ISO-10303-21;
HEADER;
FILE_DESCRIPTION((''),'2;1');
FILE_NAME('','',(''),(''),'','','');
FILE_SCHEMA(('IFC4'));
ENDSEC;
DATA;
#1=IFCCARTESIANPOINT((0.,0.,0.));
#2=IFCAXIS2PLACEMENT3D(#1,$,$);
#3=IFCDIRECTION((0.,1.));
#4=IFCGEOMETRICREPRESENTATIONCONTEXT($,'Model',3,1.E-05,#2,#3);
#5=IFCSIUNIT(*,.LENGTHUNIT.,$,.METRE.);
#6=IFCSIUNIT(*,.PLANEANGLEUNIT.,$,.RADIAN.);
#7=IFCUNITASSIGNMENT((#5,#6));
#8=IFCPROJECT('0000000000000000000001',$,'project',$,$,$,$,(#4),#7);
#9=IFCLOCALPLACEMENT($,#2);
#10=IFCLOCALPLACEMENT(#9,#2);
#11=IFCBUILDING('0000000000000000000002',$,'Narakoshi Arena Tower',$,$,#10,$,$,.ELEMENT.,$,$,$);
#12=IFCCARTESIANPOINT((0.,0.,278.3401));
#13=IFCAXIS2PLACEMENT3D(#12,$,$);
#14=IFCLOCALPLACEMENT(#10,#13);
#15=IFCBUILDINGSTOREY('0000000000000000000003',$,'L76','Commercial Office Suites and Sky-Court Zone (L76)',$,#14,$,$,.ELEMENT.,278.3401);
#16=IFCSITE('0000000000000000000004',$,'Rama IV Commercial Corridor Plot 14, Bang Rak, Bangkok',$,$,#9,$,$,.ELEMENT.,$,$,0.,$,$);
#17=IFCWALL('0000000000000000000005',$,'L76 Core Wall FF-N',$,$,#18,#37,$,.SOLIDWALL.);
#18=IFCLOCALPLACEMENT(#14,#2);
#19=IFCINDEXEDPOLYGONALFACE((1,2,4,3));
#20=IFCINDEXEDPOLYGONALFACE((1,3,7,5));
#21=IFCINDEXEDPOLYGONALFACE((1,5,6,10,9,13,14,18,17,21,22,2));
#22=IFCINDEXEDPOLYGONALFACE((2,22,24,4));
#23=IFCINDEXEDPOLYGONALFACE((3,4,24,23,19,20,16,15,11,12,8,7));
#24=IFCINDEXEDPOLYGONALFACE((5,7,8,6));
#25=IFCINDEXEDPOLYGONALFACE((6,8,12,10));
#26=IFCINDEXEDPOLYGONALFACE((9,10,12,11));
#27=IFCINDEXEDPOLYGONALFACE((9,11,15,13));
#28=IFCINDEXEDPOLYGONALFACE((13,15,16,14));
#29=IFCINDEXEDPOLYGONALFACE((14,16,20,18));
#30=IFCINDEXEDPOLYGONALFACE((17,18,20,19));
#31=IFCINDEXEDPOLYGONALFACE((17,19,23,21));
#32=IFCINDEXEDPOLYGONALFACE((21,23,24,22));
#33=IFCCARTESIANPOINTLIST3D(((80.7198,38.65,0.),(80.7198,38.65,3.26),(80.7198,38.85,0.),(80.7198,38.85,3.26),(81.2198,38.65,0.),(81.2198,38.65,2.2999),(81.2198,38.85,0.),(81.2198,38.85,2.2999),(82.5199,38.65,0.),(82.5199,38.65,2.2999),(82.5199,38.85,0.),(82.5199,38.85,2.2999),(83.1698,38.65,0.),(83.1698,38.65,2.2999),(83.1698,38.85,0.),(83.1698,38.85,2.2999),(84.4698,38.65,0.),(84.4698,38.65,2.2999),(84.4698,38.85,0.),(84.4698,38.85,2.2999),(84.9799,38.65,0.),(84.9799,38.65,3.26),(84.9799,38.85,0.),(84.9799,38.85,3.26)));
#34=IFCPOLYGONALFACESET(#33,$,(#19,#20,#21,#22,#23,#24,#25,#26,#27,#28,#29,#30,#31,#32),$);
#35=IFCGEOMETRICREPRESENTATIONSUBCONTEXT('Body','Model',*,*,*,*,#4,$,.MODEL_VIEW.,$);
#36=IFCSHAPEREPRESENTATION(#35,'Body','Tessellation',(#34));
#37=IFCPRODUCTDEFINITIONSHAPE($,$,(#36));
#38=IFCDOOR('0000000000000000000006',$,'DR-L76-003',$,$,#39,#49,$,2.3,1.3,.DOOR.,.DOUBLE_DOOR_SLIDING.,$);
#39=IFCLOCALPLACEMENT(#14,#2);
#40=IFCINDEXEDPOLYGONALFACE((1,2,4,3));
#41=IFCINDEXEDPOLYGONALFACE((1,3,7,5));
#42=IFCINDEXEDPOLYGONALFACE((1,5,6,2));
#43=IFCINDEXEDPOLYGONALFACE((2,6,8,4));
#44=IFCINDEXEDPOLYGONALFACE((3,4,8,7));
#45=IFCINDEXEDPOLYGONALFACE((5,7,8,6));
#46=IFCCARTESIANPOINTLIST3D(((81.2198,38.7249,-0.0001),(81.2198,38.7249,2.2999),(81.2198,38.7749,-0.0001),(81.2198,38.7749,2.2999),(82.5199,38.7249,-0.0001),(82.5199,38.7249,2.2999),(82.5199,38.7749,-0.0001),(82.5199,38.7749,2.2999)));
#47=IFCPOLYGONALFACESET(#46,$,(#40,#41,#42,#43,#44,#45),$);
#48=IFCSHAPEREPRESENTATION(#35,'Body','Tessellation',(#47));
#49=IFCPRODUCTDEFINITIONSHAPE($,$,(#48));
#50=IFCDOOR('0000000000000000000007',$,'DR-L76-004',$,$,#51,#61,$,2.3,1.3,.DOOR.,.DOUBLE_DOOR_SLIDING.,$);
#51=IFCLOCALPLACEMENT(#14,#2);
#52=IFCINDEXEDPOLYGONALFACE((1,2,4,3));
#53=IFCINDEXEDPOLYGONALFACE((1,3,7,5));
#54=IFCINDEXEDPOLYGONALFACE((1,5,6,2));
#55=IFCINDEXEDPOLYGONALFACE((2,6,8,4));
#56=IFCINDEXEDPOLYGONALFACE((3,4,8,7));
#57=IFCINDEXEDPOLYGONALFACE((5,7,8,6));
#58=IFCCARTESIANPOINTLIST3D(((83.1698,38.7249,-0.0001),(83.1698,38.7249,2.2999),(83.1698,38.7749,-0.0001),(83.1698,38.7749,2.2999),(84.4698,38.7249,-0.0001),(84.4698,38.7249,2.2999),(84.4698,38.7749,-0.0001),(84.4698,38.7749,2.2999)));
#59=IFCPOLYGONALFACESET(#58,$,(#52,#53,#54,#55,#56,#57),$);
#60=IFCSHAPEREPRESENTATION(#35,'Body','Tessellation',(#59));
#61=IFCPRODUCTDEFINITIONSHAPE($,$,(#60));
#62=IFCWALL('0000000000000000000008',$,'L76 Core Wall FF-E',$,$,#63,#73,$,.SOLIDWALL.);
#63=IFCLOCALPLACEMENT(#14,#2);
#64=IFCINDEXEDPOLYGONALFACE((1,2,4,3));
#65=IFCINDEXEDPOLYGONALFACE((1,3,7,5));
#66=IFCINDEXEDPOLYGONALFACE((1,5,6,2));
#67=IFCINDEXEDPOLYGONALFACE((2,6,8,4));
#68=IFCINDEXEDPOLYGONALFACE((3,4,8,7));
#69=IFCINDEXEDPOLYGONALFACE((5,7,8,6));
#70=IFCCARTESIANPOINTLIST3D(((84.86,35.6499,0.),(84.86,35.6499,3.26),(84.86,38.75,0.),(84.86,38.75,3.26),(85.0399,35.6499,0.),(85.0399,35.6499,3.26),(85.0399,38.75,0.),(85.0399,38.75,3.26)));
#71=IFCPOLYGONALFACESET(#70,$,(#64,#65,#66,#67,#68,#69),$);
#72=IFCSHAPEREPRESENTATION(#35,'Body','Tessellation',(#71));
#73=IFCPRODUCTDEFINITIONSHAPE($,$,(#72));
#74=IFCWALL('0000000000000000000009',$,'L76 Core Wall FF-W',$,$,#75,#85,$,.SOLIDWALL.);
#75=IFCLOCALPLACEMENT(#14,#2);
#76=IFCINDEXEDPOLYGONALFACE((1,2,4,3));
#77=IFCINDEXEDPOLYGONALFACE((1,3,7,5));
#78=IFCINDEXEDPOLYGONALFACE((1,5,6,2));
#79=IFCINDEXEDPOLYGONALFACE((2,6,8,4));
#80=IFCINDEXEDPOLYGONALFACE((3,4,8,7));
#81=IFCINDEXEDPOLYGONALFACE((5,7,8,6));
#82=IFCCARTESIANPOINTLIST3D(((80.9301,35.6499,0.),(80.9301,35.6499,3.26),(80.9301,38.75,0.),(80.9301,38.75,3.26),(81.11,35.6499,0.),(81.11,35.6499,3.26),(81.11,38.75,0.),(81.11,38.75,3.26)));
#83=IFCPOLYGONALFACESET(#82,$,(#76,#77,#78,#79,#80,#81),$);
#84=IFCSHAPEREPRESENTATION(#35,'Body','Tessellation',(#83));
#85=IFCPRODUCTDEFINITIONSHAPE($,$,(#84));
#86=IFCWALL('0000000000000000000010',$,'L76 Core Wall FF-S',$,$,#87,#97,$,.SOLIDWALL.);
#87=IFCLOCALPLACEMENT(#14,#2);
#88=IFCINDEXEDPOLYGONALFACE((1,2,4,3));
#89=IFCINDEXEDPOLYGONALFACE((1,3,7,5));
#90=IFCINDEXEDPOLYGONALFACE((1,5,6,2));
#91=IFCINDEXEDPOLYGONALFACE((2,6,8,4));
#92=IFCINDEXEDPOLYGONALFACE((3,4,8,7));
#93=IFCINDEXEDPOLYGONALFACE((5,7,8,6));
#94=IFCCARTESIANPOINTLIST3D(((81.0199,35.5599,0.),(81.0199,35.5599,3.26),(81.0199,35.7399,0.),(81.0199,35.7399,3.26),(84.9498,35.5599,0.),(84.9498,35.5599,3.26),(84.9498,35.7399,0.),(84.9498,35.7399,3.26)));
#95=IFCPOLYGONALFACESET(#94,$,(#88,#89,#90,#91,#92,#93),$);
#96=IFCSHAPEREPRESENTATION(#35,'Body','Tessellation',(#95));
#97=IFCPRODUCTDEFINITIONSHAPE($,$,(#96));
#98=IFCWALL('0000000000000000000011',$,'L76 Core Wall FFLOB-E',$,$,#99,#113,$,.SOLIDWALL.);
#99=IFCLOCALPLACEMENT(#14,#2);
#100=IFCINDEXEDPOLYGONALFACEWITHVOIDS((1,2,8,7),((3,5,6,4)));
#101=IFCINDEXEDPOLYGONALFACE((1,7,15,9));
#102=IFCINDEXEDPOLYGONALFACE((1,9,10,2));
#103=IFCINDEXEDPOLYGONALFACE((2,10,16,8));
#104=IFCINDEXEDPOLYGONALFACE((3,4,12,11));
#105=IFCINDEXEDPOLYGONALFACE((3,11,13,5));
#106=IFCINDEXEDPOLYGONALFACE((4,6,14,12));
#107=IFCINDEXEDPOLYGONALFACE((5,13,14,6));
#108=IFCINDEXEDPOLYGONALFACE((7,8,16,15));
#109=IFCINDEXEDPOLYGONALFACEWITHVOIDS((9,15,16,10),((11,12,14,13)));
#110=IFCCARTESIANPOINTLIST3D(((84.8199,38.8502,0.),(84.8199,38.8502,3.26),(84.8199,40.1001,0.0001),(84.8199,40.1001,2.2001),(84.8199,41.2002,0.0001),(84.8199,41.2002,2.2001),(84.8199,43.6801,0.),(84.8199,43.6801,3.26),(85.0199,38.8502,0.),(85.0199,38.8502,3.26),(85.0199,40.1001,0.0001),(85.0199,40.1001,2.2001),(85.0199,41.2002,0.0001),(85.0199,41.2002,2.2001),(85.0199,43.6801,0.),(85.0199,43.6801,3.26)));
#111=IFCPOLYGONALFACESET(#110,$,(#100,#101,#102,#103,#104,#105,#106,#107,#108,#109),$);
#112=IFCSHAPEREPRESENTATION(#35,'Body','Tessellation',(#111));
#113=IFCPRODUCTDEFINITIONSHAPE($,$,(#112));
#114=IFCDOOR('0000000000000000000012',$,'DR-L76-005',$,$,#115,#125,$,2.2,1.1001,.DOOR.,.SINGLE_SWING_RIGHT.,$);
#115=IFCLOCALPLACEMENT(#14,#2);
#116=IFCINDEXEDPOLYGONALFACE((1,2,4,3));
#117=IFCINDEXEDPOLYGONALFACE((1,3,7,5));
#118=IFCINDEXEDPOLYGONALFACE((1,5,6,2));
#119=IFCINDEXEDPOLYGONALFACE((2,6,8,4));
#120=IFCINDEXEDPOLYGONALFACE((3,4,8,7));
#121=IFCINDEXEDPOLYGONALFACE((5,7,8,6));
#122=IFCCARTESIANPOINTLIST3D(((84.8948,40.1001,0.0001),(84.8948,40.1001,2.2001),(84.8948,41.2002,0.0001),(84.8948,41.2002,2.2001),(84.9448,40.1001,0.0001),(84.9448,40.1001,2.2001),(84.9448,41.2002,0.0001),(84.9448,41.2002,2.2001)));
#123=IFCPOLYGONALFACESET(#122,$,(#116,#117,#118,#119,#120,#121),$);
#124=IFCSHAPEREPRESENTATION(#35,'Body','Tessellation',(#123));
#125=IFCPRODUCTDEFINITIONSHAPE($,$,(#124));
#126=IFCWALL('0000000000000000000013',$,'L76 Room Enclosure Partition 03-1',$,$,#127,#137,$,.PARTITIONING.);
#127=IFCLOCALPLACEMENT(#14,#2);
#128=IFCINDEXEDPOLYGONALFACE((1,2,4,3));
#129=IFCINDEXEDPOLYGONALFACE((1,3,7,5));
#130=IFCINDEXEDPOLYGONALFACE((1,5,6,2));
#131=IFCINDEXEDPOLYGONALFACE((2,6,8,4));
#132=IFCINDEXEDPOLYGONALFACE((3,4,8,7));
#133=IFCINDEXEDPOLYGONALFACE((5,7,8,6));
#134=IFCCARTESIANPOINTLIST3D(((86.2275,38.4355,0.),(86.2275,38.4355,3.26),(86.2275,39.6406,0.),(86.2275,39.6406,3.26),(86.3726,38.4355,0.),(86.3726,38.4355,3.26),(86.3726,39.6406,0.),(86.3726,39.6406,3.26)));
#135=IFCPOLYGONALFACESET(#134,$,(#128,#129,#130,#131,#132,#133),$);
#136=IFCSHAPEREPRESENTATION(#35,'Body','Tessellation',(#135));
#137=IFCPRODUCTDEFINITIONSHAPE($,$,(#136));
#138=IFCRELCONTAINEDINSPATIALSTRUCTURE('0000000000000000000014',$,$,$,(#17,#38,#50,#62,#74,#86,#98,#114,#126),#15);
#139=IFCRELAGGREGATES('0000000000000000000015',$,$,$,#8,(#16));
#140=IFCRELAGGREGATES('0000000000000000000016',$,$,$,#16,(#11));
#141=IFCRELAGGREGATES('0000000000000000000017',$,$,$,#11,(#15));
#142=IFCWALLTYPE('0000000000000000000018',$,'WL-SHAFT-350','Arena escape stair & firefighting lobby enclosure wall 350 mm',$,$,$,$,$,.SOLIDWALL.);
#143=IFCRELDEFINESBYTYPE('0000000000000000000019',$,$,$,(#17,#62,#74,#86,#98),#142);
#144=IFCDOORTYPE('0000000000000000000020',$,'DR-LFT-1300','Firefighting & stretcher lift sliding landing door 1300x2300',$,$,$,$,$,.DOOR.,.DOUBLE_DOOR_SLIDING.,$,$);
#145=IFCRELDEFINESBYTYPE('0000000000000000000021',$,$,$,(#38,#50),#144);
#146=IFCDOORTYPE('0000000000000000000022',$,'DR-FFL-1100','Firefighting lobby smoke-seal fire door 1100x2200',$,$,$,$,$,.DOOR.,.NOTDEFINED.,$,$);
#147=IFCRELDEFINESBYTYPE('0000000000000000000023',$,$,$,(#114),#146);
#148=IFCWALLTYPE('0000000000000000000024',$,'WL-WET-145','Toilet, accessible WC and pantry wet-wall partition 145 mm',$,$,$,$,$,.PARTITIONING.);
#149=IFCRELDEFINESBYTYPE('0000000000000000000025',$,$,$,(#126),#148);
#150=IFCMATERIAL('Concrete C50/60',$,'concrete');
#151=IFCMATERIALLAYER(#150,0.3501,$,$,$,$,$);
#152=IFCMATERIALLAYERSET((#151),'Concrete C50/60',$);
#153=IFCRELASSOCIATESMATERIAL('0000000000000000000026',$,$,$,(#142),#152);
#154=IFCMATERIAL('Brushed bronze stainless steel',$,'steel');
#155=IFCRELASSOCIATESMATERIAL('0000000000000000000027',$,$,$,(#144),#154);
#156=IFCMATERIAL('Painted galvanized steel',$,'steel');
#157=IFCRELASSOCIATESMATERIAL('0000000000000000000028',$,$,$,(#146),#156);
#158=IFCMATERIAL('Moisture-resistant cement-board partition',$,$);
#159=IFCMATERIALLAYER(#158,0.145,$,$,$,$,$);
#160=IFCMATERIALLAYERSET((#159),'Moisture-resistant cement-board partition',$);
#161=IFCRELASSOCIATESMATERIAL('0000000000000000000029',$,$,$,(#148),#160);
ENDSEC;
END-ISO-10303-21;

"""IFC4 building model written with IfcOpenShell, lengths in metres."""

from ifc_helpers import new_model, si_unit, direction, frame, frame_2d, origin, place, context, subcontext, project, spatial, rectangle, extrude, material, layer, layer_set, type_object, element, fill, save


model = new_model("IFC4")

# Units and contexts
model_context = context("Model", 3, precision=1e-05, world=origin(), true_north=direction((0.0, 1.0)))
body_context = subcontext(model_context, "Body", "Model", "MODEL_VIEW")
ifc_project = project(units=[si_unit("LENGTHUNIT", "METRE"), si_unit("PLANEANGLEUNIT", "RADIAN")], contexts=[model_context])

# Site, building, storey
site_placement = place(None, origin())
site = spatial("IfcSite", under=ifc_project, at=site_placement, Name="Rama IV Commercial Corridor Plot 14, Bang Rak, Bangkok", CompositionType="ELEMENT", RefElevation=0.0)
building_placement = place(site_placement, origin())
building = spatial("IfcBuilding", under=site, at=building_placement, Name="Narakoshi Arena Tower", CompositionType="ELEMENT")
storey_placement = place(building_placement, frame((0.0, 0.0, 278.3401)))
storey = spatial("IfcBuildingStorey", under=building, at=storey_placement, Name="L76", Description="Commercial Office Suites and Sky-Court Zone (L76)", CompositionType="ELEMENT", Elevation=278.3401)

# Shared definitions
ifc_material_1 = material(Name="Concrete C50/60", Category="concrete")

# Shared definitions
ifc_layer_1 = layer(ifc_material_1, 0.3501)
ifc_layer_set_1 = layer_set([ifc_layer_1], Name="Concrete C50/60")
wall_type_1 = type_object("IfcWallType", Name="WL-SHAFT-350", Description="Arena escape stair & firefighting lobby enclosure wall 350 mm", PredefinedType="SOLIDWALL", material=ifc_layer_set_1)

# Shared definitions
ifc_material_2 = material(Name="Painted galvanized steel", Category="steel")

# Wall, openings, doors
wall_1_placement = place(storey_placement, frame((80.72, 38.75, 0.0), z_axis=(0.0, 0.0, 1.0), x_axis=(1.0, 0.0, 0.0)))
wall_1 = element("IfcWall", 1, at=wall_1_placement, inside=storey, type_object=wall_type_1, Name="L76 Core Wall FF-N", PredefinedType="SOLIDWALL", context=body_context, shape_type="SweptSolid", body=[
    extrude(rectangle(XDim=4.26, YDim=0.2, at=frame_2d((2.1299, 0.0))), origin(), (0.0, 0.0, 1.0), 3.26),
])
opening_1_placement = place(wall_1_placement, frame((0.5, 0.0, 0.0)))
opening_1 = element("IfcOpeningElement", 2, at=opening_1_placement, cuts=wall_1, PredefinedType="OPENING", context=body_context, shape_type="SweptSolid", body=[
    extrude(rectangle(XDim=1.3, YDim=2.3, at=frame_2d((0.6499, 1.1499))), frame((0.0, 0.1099, 0.0), z_axis=(0.0, -1.0, 0.0), x_axis=(1.0, 0.0, 0.0)), (0.0, 0.0, 1.0), 0.22),
])
opening_2_placement = place(wall_1_placement, frame((2.45, 0.0, 0.0)))
opening_2 = element("IfcOpeningElement", 3, at=opening_2_placement, cuts=wall_1, PredefinedType="OPENING", context=body_context, shape_type="SweptSolid", body=[
    extrude(rectangle(XDim=1.3, YDim=2.3, at=frame_2d((0.6499, 1.1499))), frame((0.0, 0.1099, 0.0), z_axis=(0.0, -1.0, 0.0), x_axis=(1.0, 0.0, 0.0)), (0.0, 0.0, 1.0), 0.22),
])
ifc_material_3 = material(Name="Brushed bronze stainless steel", Category="steel")
door_type_1 = type_object("IfcDoorType", Name="DR-LFT-1300", Description="Firefighting & stretcher lift sliding landing door 1300x2300", OperationType="DOUBLE_DOOR_SLIDING", PredefinedType="DOOR", material=ifc_material_3)
door_1_placement = place(opening_1_placement, origin())
door_1 = element("IfcDoor", 4, at=door_1_placement, inside=storey, type_object=door_type_1, Name="DR-L76-003", OperationType="DOUBLE_DOOR_SLIDING", OverallHeight=2.3, OverallWidth=1.3, PredefinedType="DOOR", context=body_context, shape_type="SweptSolid", body=[
    extrude(rectangle(XDim=1.3, YDim=2.3, at=frame_2d((0.6499, 1.1499))), frame((0.0, 0.0249, 0.0), z_axis=(0.0, -1.0, 0.0), x_axis=(1.0, 0.0, 0.0)), (0.0, 0.0, 1.0), 0.05),
])
fill(opening_1, door_1)
door_2_placement = place(opening_2_placement, origin())
door_2 = element("IfcDoor", 5, at=door_2_placement, inside=storey, type_object=door_type_1, Name="DR-L76-004", OperationType="DOUBLE_DOOR_SLIDING", OverallHeight=2.3, OverallWidth=1.3, PredefinedType="DOOR", context=body_context, shape_type="SweptSolid", body=[
    extrude(rectangle(XDim=1.3, YDim=2.3, at=frame_2d((0.6499, 1.1499))), frame((0.0, 0.0249, 0.0), z_axis=(0.0, -1.0, 0.0), x_axis=(1.0, 0.0, 0.0)), (0.0, 0.0, 1.0), 0.05),
])
fill(opening_2, door_2)

# Walls
for number, where, z_axis, x_axis, name in (
    (6, (84.95, 35.6499, 0.0), (0.0, 0.0, 1.0), (0.0, 1.0, 0.0), "L76 Core Wall FF-E"),
    (7, (81.02, 35.6499, 0.0), (0.0, 0.0, 1.0), (0.0, 1.0, 0.0), "L76 Core Wall FF-W"),
):
    element("IfcWall", number, at=place(storey_placement, frame(where, z_axis=z_axis, x_axis=x_axis)), inside=storey, type_object=wall_type_1, Name=name, PredefinedType="SOLIDWALL", context=body_context, shape_type="SweptSolid", body=[
        extrude(rectangle(XDim=3.1001, YDim=0.1799, at=frame_2d((1.55, 0.0))), origin(), (0.0, 0.0, 1.0), 3.26),
    ])
wall_2_placement = place(storey_placement, frame((81.02, 35.6499, 0.0), z_axis=(0.0, 0.0, 1.0), x_axis=(1.0, 0.0, 0.0)))
element("IfcWall", 8, at=wall_2_placement, inside=storey, type_object=wall_type_1, Name="L76 Core Wall FF-S", PredefinedType="SOLIDWALL", context=body_context, shape_type="SweptSolid", body=[
    extrude(rectangle(XDim=3.9299, YDim=0.1799, at=frame_2d((1.9648, 0.0))), origin(), (0.0, 0.0, 1.0), 3.26),
])

# Wall, opening, door
wall_3_placement = place(storey_placement, frame((84.9199, 38.8501, 0.0), z_axis=(0.0, 0.0, 1.0), x_axis=(0.0, 1.0, 0.0)))
wall_3 = element("IfcWall", 9, at=wall_3_placement, inside=storey, type_object=wall_type_1, Name="L76 Core Wall FFLOB-E", PredefinedType="SOLIDWALL", context=body_context, shape_type="SweptSolid", body=[
    extrude(rectangle(XDim=4.8298, YDim=0.2, at=frame_2d((2.415, 0.0))), origin(), (0.0, 0.0, 1.0), 3.26),
])
opening_3_placement = place(wall_3_placement, frame((1.25, 0.0, 0.0)))
opening_3 = element("IfcOpeningElement", 10, at=opening_3_placement, cuts=wall_3, PredefinedType="OPENING", context=body_context, shape_type="SweptSolid", body=[
    extrude(rectangle(XDim=1.1001, YDim=2.2, at=frame_2d((0.55, 1.1001))), frame((0.0, 0.1099, 0.0), z_axis=(0.0, -1.0, 0.0), x_axis=(1.0, 0.0, 0.0)), (0.0, 0.0, 1.0), 0.22),
])
door_type_2 = type_object("IfcDoorType", Name="DR-FFL-1100", Description="Firefighting lobby smoke-seal fire door 1100x2200", OperationType="NOTDEFINED", PredefinedType="DOOR", material=ifc_material_2)
door_3_placement = place(opening_3_placement, frame((1.1001, 0.0, 0.0), z_axis=(0.0, 0.0, 1.0), x_axis=(-1.0, 0.0, 0.0)))
door_3 = element("IfcDoor", 11, at=door_3_placement, inside=storey, type_object=door_type_2, Name="DR-L76-005", OperationType="SINGLE_SWING_RIGHT", OverallHeight=2.2, OverallWidth=1.1001, PredefinedType="DOOR", context=body_context, shape_type="SweptSolid", body=[
    extrude(rectangle(XDim=1.1001, YDim=2.2, at=frame_2d((0.55, 1.1001))), frame((0.0, 0.0249, 0.0), z_axis=(0.0, -1.0, 0.0), x_axis=(1.0, 0.0, 0.0)), (0.0, 0.0, 1.0), 0.05),
])
fill(opening_3, door_3)

# Wall
ifc_material_4 = material(Name="Moisture-resistant cement-board partition")
ifc_layer_2 = layer(ifc_material_4, 0.145)
ifc_layer_set_2 = layer_set([ifc_layer_2], Name="Moisture-resistant cement-board partition")
wall_type_2 = type_object("IfcWallType", Name="WL-WET-145", Description="Toilet, accessible WC and pantry wet-wall partition 145 mm", PredefinedType="PARTITIONING", material=ifc_layer_set_2)
wall_4_placement = place(storey_placement, frame((86.3, 38.4355, 0.0), z_axis=(0.0, 0.0, 1.0), x_axis=(0.0, 1.0, 0.0)))
element("IfcWall", 12, at=wall_4_placement, inside=storey, type_object=wall_type_2, Name="L76 Room Enclosure Partition 03-1", PredefinedType="PARTITIONING", context=body_context, shape_type="SweptSolid", body=[
    extrude(rectangle(XDim=1.2051, YDim=0.145, at=frame_2d((0.6025, 0.0))), origin(), (0.0, 0.0, 1.0), 3.26),
])

save(model, "model.ifc")
